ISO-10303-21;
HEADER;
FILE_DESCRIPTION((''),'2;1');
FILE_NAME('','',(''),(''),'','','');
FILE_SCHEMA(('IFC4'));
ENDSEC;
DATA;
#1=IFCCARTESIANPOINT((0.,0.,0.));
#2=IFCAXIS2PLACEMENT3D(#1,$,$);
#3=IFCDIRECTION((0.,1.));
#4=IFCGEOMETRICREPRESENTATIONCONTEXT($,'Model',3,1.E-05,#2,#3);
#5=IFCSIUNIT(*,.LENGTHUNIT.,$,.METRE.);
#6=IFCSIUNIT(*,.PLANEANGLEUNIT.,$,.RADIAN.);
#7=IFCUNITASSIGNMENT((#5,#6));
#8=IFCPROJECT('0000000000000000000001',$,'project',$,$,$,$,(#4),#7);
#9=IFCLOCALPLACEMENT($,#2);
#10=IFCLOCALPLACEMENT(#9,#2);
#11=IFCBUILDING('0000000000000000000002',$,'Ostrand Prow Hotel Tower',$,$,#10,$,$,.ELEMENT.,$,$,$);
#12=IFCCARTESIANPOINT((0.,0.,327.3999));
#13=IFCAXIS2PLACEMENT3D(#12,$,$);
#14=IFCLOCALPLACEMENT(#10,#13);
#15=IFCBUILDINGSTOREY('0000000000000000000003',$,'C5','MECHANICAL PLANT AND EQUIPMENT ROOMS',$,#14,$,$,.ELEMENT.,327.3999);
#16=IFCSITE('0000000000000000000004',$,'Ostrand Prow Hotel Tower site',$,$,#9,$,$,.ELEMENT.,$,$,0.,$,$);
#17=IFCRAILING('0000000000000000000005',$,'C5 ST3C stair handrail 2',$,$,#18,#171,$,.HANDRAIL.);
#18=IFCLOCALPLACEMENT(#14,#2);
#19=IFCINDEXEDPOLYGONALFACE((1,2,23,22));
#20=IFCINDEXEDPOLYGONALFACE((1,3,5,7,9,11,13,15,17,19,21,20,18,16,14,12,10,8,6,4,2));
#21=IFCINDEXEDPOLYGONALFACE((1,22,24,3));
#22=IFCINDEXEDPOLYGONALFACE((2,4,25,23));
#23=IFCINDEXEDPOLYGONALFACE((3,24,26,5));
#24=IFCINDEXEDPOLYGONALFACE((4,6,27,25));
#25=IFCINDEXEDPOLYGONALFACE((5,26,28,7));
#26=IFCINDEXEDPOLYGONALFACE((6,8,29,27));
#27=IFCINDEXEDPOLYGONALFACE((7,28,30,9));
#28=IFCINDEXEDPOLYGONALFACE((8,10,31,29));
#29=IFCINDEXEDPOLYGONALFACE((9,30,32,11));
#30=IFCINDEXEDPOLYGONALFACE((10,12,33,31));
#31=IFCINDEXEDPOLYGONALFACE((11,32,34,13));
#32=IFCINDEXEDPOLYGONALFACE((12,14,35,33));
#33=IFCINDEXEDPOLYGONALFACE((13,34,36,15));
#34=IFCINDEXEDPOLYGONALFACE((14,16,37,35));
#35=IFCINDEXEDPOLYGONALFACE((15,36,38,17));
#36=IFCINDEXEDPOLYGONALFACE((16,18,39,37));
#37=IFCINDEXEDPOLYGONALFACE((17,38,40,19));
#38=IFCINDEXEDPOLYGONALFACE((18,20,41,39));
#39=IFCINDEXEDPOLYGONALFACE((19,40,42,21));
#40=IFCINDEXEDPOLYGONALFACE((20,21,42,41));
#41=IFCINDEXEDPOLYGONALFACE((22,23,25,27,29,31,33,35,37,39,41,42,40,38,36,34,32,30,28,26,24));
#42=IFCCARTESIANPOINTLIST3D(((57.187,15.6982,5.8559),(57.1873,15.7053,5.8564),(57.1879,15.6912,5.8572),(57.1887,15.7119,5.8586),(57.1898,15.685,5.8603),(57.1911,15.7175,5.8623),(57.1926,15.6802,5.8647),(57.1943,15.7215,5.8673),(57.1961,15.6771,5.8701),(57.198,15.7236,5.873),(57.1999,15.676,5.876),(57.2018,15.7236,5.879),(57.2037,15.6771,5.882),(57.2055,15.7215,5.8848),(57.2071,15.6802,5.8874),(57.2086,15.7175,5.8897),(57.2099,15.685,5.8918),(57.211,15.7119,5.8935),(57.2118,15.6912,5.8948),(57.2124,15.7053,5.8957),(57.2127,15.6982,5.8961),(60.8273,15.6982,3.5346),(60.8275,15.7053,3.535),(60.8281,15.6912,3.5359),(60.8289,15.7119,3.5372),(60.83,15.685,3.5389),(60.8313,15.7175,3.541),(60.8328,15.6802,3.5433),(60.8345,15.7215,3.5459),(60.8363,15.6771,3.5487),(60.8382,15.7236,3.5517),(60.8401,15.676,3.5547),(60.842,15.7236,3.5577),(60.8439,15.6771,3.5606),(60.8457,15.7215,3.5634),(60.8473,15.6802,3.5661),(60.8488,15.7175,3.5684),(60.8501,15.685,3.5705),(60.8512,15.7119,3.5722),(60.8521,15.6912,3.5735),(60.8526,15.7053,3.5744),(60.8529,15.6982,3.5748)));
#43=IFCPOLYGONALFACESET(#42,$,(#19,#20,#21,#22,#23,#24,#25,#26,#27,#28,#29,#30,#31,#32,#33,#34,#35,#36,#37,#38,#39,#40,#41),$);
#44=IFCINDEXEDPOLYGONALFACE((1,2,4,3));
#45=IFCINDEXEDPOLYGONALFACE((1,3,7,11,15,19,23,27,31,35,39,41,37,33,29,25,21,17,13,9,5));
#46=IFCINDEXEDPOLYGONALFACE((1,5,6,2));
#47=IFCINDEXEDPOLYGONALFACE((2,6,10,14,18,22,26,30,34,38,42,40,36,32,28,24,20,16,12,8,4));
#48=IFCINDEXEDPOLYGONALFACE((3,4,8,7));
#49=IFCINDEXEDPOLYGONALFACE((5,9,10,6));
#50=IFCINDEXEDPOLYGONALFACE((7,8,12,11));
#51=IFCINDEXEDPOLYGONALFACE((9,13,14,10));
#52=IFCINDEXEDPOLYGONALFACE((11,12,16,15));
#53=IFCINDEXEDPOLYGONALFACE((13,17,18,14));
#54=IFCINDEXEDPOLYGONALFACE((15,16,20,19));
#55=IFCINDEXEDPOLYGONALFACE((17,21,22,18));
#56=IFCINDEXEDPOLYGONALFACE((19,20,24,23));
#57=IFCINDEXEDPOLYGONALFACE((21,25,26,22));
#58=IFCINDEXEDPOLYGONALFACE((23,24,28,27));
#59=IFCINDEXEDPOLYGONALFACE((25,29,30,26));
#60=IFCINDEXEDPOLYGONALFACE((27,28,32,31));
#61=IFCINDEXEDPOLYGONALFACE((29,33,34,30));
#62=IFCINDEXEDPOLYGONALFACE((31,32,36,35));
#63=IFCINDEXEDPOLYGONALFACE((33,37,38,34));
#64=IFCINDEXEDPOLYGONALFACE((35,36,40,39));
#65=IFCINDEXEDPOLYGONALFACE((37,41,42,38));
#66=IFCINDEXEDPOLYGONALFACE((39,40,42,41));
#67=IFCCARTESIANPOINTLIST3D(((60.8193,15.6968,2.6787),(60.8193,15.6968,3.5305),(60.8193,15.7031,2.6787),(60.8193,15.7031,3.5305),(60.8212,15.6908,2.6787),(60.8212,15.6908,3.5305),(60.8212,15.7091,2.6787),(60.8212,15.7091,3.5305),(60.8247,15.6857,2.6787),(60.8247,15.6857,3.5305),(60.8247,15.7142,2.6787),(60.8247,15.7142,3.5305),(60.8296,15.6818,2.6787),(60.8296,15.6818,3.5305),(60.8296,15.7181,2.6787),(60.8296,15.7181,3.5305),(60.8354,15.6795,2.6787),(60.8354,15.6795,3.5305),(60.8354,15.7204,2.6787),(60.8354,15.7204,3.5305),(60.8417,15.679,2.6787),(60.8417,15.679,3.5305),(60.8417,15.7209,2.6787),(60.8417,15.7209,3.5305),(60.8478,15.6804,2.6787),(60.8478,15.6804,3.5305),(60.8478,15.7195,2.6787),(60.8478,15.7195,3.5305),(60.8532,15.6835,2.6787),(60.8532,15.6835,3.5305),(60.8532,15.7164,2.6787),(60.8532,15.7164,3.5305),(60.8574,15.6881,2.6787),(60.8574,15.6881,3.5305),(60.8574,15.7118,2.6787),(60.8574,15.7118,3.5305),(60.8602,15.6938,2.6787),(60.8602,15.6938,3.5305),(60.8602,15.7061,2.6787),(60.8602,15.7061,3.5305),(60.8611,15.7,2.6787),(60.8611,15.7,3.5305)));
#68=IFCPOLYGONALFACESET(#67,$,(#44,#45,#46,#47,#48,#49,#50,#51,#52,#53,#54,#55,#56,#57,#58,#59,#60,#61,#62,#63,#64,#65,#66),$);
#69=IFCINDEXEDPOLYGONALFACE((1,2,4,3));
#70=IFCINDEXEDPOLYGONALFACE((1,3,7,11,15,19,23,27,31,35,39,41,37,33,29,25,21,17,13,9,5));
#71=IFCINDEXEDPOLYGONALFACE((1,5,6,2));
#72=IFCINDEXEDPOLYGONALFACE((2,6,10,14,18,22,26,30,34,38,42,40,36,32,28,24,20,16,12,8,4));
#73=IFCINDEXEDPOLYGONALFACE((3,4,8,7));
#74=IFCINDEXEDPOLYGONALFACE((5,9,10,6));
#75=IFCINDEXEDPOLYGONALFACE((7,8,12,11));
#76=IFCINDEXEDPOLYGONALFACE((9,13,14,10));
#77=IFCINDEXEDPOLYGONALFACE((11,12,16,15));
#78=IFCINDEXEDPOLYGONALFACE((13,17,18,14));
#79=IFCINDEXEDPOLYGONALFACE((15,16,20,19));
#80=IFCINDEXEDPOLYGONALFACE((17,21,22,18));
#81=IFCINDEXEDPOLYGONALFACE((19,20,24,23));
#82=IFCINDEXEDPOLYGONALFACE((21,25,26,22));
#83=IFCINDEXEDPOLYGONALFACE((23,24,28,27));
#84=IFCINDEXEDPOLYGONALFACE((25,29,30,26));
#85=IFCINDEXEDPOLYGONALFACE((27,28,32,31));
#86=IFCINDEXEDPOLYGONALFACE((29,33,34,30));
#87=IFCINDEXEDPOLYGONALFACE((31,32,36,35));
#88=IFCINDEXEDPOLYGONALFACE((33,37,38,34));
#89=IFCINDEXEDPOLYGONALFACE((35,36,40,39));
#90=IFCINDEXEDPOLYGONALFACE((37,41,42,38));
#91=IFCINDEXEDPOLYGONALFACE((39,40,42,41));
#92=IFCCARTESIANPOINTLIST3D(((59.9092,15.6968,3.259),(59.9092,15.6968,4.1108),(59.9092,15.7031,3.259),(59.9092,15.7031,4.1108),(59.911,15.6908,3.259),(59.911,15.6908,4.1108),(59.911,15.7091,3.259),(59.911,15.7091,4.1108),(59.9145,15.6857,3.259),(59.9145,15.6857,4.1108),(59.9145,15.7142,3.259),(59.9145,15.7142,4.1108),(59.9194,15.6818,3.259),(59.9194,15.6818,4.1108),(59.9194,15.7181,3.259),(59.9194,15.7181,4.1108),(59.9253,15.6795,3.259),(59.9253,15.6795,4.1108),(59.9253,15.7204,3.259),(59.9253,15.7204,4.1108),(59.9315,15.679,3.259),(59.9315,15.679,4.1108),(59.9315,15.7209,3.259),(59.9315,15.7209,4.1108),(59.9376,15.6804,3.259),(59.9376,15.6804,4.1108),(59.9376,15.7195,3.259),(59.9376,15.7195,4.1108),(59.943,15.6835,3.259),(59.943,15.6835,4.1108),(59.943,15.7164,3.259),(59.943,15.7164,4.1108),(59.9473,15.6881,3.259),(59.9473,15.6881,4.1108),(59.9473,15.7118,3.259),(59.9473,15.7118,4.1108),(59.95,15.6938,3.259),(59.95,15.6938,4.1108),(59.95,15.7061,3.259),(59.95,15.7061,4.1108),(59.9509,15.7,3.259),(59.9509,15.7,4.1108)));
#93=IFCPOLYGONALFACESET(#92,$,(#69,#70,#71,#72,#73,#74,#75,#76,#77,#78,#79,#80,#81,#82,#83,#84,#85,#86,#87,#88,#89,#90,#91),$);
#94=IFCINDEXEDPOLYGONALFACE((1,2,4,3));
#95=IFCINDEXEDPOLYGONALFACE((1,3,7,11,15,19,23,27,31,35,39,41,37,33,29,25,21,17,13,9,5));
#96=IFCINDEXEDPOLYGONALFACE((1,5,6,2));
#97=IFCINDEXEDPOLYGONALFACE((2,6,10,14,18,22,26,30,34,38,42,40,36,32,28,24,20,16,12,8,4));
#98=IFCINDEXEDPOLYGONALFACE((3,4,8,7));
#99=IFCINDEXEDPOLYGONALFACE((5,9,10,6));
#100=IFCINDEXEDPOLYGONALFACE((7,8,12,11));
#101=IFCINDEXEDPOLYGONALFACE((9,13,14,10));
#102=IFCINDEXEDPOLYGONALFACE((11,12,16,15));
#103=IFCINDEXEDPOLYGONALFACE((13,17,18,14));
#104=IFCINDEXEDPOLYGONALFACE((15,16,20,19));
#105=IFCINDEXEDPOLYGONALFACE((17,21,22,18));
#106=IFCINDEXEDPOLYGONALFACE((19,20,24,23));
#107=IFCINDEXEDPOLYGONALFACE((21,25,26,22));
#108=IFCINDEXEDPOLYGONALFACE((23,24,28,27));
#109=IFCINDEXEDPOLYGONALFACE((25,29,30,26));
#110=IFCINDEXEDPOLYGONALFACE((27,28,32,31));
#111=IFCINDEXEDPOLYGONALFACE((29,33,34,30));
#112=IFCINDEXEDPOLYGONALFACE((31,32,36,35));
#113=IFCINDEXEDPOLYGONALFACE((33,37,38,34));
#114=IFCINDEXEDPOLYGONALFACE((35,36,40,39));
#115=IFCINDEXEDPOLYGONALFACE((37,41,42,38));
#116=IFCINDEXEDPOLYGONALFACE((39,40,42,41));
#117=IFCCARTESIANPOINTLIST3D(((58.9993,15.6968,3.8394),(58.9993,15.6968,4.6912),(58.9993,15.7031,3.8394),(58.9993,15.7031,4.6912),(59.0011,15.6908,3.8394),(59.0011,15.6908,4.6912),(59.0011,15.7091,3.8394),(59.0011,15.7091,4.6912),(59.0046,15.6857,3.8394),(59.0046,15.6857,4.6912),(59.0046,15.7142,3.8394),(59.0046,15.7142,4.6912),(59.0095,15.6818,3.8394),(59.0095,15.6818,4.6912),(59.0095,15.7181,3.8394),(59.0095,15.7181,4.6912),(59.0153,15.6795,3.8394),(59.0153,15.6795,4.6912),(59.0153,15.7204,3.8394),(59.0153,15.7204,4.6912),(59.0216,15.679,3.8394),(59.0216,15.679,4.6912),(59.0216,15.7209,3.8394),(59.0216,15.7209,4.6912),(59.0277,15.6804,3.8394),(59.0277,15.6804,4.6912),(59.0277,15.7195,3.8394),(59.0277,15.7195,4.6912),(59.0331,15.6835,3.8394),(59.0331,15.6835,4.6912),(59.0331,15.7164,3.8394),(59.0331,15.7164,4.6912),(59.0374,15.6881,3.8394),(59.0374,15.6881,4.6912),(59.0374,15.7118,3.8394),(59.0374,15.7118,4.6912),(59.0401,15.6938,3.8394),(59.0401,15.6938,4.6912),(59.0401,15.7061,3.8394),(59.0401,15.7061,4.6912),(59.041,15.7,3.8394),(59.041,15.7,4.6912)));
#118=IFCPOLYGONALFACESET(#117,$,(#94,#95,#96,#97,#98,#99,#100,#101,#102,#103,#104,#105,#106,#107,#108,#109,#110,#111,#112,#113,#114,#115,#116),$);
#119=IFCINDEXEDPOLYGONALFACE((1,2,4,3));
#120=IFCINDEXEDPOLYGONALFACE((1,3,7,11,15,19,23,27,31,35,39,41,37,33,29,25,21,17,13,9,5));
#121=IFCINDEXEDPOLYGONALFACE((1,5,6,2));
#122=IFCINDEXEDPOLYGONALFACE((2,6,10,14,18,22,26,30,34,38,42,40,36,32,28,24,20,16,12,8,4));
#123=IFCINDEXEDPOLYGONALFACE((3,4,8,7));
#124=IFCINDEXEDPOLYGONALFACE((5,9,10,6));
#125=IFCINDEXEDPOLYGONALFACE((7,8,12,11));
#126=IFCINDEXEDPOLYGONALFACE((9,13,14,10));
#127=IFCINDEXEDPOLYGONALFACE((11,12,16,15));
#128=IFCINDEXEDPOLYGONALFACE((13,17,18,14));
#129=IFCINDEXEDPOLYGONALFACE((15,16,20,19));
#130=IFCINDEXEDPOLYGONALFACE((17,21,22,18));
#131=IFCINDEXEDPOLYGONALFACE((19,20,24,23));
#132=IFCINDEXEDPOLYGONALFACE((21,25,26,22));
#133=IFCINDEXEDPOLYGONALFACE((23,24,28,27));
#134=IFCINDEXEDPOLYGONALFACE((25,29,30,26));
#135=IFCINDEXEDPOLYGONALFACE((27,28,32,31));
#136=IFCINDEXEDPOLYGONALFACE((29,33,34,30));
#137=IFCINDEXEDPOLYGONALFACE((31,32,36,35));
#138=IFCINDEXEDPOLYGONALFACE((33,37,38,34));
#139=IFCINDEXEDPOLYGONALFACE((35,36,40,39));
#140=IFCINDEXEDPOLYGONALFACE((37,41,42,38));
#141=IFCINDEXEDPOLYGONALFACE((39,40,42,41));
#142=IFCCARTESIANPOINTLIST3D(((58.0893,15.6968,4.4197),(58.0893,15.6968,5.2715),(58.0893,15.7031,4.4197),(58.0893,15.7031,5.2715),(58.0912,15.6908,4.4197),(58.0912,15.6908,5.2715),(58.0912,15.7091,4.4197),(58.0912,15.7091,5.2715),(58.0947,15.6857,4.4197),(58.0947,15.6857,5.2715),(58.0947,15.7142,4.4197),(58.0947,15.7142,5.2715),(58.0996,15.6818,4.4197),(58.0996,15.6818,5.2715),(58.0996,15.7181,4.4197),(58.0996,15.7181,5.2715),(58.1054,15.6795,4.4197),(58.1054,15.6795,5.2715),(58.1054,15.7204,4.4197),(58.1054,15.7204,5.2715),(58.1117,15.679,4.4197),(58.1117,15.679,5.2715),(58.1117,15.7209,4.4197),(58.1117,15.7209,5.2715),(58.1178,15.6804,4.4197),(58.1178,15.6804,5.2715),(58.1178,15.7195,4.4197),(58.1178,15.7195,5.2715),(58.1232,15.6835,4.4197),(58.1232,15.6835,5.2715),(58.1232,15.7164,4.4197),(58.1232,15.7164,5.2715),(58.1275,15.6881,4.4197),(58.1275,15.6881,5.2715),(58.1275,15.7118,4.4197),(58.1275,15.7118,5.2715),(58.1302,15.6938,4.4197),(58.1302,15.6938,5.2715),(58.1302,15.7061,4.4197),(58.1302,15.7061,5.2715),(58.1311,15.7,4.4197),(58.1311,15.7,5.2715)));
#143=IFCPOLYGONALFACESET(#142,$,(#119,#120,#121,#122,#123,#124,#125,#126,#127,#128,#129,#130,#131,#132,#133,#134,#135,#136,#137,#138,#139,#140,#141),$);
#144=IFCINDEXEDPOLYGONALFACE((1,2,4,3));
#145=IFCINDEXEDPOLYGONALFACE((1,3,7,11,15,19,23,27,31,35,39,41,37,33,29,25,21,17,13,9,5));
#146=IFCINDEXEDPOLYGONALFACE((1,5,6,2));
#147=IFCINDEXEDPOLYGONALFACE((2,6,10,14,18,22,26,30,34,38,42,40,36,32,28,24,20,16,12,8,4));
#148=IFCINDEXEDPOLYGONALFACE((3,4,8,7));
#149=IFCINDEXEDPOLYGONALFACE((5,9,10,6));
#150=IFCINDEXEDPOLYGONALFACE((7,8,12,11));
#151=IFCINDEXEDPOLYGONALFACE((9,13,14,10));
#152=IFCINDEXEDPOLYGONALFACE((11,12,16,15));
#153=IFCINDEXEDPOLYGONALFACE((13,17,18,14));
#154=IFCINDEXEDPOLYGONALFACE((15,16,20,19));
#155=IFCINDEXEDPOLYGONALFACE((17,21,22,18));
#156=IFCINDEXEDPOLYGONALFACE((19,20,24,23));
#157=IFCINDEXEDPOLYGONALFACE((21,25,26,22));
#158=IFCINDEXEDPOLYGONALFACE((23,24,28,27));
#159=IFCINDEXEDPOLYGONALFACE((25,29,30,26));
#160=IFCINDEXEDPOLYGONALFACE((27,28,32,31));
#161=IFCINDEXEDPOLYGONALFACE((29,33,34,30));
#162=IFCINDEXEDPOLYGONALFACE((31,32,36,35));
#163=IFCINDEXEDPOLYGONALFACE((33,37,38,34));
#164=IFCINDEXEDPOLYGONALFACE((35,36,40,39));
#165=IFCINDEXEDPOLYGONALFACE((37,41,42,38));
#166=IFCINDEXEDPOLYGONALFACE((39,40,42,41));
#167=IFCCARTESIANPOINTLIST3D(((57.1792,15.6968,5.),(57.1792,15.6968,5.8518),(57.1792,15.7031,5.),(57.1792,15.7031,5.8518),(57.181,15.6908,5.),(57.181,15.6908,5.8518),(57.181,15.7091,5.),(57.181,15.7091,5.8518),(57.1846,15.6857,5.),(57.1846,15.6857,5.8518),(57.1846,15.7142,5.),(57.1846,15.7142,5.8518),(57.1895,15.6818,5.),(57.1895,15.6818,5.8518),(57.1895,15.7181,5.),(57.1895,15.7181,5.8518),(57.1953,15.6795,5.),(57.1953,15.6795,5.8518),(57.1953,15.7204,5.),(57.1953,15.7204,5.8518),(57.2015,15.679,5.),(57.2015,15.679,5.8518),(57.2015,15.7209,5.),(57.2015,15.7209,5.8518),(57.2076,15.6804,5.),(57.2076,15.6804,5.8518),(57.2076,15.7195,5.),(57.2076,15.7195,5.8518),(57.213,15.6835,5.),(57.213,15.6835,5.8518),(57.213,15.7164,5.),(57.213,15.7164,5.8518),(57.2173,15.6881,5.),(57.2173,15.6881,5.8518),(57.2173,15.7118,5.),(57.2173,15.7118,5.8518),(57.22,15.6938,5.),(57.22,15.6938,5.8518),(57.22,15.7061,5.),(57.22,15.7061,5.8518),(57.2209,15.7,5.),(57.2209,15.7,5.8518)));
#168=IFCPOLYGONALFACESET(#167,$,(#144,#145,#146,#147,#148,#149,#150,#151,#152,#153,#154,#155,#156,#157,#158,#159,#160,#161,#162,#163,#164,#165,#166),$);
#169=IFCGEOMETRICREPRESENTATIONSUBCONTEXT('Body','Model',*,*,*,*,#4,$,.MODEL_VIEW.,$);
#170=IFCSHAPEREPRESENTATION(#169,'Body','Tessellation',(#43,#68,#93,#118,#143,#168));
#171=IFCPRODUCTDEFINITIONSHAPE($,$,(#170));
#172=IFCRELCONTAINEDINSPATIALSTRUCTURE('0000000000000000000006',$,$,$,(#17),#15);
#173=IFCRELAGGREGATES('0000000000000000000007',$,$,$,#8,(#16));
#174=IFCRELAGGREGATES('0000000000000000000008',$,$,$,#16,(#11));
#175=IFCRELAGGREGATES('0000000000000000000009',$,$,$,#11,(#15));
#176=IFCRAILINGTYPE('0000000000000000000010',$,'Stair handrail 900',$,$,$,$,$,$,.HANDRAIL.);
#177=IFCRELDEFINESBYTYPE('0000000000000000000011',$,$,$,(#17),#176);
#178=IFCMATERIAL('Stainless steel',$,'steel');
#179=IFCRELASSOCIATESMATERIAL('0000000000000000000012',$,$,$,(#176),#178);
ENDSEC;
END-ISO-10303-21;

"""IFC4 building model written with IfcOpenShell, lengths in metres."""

from ifc_helpers import new_model, si_unit, direction, frame, origin, origin_2d, place, context, subcontext, project, spatial, circle, extrude, material, type_object, element, save


model = new_model("IFC4")

# Units and contexts
model_context = context("Model", 3, precision=1e-05, world=origin(), true_north=direction((0.0, 1.0)))
body_context = subcontext(model_context, "Body", "Model", "MODEL_VIEW")
ifc_project = project(units=[si_unit("LENGTHUNIT", "METRE"), si_unit("PLANEANGLEUNIT", "RADIAN")], contexts=[model_context])

# Site, building, storey
site_placement = place(None, origin())
site = spatial("IfcSite", under=ifc_project, at=site_placement, Name="Ostrand Prow Hotel Tower site", CompositionType="ELEMENT", RefElevation=0.0)
building_placement = place(site_placement, origin())
building = spatial("IfcBuilding", under=site, at=building_placement, Name="Ostrand Prow Hotel Tower", CompositionType="ELEMENT")
storey_placement = place(building_placement, frame((0.0, 0.0, 327.3999)))
storey = spatial("IfcBuildingStorey", under=building, at=storey_placement, Name="C5", Description="MECHANICAL PLANT AND EQUIPMENT ROOMS", CompositionType="ELEMENT", Elevation=327.3999)

# Railing
ifc_material_1 = material(Name="Stainless steel", Category="steel")
railing_type_1 = type_object("IfcRailingType", Name="Stair handrail 900", PredefinedType="HANDRAIL", material=ifc_material_1)
railing_1_placement = place(storey_placement, frame((60.8401, 15.7, 2.6787)))
element("IfcRailing", 1, at=railing_1_placement, inside=storey, type_object=railing_type_1, Name="C5 ST3C stair handrail 2", PredefinedType="HANDRAIL", context=body_context, shape_type="SweptSolid", body=[
    extrude(circle(Radius=0.0239, at=origin_2d()), frame((0.0, 0.0, 0.876), z_axis=(-0.843153, 0.0, 0.537673), x_axis=(0.0, -1.0, 0.0)), (0.0, 0.0, 1.0), 4.3174),
    extrude(circle(Radius=0.021, at=origin_2d()), origin(), (0.0, 0.0, 1.0), 0.8518),
    extrude(circle(Radius=0.021, at=origin_2d()), frame((-0.9102, 0.0, 0.5803)), (0.0, 0.0, 1.0), 0.8518),
    extrude(circle(Radius=0.021, at=origin_2d()), frame((-1.8201, 0.0, 1.1606)), (0.0, 0.0, 1.0), 0.8518),
    extrude(circle(Radius=0.021, at=origin_2d()), frame((-2.73, 0.0, 1.741)), (0.0, 0.0, 1.0), 0.8518),
    extrude(circle(Radius=0.021, at=origin_2d()), frame((-3.6401, 0.0, 2.3213)), (0.0, 0.0, 1.0), 0.8518),
])

save(model, "model.ifc")
